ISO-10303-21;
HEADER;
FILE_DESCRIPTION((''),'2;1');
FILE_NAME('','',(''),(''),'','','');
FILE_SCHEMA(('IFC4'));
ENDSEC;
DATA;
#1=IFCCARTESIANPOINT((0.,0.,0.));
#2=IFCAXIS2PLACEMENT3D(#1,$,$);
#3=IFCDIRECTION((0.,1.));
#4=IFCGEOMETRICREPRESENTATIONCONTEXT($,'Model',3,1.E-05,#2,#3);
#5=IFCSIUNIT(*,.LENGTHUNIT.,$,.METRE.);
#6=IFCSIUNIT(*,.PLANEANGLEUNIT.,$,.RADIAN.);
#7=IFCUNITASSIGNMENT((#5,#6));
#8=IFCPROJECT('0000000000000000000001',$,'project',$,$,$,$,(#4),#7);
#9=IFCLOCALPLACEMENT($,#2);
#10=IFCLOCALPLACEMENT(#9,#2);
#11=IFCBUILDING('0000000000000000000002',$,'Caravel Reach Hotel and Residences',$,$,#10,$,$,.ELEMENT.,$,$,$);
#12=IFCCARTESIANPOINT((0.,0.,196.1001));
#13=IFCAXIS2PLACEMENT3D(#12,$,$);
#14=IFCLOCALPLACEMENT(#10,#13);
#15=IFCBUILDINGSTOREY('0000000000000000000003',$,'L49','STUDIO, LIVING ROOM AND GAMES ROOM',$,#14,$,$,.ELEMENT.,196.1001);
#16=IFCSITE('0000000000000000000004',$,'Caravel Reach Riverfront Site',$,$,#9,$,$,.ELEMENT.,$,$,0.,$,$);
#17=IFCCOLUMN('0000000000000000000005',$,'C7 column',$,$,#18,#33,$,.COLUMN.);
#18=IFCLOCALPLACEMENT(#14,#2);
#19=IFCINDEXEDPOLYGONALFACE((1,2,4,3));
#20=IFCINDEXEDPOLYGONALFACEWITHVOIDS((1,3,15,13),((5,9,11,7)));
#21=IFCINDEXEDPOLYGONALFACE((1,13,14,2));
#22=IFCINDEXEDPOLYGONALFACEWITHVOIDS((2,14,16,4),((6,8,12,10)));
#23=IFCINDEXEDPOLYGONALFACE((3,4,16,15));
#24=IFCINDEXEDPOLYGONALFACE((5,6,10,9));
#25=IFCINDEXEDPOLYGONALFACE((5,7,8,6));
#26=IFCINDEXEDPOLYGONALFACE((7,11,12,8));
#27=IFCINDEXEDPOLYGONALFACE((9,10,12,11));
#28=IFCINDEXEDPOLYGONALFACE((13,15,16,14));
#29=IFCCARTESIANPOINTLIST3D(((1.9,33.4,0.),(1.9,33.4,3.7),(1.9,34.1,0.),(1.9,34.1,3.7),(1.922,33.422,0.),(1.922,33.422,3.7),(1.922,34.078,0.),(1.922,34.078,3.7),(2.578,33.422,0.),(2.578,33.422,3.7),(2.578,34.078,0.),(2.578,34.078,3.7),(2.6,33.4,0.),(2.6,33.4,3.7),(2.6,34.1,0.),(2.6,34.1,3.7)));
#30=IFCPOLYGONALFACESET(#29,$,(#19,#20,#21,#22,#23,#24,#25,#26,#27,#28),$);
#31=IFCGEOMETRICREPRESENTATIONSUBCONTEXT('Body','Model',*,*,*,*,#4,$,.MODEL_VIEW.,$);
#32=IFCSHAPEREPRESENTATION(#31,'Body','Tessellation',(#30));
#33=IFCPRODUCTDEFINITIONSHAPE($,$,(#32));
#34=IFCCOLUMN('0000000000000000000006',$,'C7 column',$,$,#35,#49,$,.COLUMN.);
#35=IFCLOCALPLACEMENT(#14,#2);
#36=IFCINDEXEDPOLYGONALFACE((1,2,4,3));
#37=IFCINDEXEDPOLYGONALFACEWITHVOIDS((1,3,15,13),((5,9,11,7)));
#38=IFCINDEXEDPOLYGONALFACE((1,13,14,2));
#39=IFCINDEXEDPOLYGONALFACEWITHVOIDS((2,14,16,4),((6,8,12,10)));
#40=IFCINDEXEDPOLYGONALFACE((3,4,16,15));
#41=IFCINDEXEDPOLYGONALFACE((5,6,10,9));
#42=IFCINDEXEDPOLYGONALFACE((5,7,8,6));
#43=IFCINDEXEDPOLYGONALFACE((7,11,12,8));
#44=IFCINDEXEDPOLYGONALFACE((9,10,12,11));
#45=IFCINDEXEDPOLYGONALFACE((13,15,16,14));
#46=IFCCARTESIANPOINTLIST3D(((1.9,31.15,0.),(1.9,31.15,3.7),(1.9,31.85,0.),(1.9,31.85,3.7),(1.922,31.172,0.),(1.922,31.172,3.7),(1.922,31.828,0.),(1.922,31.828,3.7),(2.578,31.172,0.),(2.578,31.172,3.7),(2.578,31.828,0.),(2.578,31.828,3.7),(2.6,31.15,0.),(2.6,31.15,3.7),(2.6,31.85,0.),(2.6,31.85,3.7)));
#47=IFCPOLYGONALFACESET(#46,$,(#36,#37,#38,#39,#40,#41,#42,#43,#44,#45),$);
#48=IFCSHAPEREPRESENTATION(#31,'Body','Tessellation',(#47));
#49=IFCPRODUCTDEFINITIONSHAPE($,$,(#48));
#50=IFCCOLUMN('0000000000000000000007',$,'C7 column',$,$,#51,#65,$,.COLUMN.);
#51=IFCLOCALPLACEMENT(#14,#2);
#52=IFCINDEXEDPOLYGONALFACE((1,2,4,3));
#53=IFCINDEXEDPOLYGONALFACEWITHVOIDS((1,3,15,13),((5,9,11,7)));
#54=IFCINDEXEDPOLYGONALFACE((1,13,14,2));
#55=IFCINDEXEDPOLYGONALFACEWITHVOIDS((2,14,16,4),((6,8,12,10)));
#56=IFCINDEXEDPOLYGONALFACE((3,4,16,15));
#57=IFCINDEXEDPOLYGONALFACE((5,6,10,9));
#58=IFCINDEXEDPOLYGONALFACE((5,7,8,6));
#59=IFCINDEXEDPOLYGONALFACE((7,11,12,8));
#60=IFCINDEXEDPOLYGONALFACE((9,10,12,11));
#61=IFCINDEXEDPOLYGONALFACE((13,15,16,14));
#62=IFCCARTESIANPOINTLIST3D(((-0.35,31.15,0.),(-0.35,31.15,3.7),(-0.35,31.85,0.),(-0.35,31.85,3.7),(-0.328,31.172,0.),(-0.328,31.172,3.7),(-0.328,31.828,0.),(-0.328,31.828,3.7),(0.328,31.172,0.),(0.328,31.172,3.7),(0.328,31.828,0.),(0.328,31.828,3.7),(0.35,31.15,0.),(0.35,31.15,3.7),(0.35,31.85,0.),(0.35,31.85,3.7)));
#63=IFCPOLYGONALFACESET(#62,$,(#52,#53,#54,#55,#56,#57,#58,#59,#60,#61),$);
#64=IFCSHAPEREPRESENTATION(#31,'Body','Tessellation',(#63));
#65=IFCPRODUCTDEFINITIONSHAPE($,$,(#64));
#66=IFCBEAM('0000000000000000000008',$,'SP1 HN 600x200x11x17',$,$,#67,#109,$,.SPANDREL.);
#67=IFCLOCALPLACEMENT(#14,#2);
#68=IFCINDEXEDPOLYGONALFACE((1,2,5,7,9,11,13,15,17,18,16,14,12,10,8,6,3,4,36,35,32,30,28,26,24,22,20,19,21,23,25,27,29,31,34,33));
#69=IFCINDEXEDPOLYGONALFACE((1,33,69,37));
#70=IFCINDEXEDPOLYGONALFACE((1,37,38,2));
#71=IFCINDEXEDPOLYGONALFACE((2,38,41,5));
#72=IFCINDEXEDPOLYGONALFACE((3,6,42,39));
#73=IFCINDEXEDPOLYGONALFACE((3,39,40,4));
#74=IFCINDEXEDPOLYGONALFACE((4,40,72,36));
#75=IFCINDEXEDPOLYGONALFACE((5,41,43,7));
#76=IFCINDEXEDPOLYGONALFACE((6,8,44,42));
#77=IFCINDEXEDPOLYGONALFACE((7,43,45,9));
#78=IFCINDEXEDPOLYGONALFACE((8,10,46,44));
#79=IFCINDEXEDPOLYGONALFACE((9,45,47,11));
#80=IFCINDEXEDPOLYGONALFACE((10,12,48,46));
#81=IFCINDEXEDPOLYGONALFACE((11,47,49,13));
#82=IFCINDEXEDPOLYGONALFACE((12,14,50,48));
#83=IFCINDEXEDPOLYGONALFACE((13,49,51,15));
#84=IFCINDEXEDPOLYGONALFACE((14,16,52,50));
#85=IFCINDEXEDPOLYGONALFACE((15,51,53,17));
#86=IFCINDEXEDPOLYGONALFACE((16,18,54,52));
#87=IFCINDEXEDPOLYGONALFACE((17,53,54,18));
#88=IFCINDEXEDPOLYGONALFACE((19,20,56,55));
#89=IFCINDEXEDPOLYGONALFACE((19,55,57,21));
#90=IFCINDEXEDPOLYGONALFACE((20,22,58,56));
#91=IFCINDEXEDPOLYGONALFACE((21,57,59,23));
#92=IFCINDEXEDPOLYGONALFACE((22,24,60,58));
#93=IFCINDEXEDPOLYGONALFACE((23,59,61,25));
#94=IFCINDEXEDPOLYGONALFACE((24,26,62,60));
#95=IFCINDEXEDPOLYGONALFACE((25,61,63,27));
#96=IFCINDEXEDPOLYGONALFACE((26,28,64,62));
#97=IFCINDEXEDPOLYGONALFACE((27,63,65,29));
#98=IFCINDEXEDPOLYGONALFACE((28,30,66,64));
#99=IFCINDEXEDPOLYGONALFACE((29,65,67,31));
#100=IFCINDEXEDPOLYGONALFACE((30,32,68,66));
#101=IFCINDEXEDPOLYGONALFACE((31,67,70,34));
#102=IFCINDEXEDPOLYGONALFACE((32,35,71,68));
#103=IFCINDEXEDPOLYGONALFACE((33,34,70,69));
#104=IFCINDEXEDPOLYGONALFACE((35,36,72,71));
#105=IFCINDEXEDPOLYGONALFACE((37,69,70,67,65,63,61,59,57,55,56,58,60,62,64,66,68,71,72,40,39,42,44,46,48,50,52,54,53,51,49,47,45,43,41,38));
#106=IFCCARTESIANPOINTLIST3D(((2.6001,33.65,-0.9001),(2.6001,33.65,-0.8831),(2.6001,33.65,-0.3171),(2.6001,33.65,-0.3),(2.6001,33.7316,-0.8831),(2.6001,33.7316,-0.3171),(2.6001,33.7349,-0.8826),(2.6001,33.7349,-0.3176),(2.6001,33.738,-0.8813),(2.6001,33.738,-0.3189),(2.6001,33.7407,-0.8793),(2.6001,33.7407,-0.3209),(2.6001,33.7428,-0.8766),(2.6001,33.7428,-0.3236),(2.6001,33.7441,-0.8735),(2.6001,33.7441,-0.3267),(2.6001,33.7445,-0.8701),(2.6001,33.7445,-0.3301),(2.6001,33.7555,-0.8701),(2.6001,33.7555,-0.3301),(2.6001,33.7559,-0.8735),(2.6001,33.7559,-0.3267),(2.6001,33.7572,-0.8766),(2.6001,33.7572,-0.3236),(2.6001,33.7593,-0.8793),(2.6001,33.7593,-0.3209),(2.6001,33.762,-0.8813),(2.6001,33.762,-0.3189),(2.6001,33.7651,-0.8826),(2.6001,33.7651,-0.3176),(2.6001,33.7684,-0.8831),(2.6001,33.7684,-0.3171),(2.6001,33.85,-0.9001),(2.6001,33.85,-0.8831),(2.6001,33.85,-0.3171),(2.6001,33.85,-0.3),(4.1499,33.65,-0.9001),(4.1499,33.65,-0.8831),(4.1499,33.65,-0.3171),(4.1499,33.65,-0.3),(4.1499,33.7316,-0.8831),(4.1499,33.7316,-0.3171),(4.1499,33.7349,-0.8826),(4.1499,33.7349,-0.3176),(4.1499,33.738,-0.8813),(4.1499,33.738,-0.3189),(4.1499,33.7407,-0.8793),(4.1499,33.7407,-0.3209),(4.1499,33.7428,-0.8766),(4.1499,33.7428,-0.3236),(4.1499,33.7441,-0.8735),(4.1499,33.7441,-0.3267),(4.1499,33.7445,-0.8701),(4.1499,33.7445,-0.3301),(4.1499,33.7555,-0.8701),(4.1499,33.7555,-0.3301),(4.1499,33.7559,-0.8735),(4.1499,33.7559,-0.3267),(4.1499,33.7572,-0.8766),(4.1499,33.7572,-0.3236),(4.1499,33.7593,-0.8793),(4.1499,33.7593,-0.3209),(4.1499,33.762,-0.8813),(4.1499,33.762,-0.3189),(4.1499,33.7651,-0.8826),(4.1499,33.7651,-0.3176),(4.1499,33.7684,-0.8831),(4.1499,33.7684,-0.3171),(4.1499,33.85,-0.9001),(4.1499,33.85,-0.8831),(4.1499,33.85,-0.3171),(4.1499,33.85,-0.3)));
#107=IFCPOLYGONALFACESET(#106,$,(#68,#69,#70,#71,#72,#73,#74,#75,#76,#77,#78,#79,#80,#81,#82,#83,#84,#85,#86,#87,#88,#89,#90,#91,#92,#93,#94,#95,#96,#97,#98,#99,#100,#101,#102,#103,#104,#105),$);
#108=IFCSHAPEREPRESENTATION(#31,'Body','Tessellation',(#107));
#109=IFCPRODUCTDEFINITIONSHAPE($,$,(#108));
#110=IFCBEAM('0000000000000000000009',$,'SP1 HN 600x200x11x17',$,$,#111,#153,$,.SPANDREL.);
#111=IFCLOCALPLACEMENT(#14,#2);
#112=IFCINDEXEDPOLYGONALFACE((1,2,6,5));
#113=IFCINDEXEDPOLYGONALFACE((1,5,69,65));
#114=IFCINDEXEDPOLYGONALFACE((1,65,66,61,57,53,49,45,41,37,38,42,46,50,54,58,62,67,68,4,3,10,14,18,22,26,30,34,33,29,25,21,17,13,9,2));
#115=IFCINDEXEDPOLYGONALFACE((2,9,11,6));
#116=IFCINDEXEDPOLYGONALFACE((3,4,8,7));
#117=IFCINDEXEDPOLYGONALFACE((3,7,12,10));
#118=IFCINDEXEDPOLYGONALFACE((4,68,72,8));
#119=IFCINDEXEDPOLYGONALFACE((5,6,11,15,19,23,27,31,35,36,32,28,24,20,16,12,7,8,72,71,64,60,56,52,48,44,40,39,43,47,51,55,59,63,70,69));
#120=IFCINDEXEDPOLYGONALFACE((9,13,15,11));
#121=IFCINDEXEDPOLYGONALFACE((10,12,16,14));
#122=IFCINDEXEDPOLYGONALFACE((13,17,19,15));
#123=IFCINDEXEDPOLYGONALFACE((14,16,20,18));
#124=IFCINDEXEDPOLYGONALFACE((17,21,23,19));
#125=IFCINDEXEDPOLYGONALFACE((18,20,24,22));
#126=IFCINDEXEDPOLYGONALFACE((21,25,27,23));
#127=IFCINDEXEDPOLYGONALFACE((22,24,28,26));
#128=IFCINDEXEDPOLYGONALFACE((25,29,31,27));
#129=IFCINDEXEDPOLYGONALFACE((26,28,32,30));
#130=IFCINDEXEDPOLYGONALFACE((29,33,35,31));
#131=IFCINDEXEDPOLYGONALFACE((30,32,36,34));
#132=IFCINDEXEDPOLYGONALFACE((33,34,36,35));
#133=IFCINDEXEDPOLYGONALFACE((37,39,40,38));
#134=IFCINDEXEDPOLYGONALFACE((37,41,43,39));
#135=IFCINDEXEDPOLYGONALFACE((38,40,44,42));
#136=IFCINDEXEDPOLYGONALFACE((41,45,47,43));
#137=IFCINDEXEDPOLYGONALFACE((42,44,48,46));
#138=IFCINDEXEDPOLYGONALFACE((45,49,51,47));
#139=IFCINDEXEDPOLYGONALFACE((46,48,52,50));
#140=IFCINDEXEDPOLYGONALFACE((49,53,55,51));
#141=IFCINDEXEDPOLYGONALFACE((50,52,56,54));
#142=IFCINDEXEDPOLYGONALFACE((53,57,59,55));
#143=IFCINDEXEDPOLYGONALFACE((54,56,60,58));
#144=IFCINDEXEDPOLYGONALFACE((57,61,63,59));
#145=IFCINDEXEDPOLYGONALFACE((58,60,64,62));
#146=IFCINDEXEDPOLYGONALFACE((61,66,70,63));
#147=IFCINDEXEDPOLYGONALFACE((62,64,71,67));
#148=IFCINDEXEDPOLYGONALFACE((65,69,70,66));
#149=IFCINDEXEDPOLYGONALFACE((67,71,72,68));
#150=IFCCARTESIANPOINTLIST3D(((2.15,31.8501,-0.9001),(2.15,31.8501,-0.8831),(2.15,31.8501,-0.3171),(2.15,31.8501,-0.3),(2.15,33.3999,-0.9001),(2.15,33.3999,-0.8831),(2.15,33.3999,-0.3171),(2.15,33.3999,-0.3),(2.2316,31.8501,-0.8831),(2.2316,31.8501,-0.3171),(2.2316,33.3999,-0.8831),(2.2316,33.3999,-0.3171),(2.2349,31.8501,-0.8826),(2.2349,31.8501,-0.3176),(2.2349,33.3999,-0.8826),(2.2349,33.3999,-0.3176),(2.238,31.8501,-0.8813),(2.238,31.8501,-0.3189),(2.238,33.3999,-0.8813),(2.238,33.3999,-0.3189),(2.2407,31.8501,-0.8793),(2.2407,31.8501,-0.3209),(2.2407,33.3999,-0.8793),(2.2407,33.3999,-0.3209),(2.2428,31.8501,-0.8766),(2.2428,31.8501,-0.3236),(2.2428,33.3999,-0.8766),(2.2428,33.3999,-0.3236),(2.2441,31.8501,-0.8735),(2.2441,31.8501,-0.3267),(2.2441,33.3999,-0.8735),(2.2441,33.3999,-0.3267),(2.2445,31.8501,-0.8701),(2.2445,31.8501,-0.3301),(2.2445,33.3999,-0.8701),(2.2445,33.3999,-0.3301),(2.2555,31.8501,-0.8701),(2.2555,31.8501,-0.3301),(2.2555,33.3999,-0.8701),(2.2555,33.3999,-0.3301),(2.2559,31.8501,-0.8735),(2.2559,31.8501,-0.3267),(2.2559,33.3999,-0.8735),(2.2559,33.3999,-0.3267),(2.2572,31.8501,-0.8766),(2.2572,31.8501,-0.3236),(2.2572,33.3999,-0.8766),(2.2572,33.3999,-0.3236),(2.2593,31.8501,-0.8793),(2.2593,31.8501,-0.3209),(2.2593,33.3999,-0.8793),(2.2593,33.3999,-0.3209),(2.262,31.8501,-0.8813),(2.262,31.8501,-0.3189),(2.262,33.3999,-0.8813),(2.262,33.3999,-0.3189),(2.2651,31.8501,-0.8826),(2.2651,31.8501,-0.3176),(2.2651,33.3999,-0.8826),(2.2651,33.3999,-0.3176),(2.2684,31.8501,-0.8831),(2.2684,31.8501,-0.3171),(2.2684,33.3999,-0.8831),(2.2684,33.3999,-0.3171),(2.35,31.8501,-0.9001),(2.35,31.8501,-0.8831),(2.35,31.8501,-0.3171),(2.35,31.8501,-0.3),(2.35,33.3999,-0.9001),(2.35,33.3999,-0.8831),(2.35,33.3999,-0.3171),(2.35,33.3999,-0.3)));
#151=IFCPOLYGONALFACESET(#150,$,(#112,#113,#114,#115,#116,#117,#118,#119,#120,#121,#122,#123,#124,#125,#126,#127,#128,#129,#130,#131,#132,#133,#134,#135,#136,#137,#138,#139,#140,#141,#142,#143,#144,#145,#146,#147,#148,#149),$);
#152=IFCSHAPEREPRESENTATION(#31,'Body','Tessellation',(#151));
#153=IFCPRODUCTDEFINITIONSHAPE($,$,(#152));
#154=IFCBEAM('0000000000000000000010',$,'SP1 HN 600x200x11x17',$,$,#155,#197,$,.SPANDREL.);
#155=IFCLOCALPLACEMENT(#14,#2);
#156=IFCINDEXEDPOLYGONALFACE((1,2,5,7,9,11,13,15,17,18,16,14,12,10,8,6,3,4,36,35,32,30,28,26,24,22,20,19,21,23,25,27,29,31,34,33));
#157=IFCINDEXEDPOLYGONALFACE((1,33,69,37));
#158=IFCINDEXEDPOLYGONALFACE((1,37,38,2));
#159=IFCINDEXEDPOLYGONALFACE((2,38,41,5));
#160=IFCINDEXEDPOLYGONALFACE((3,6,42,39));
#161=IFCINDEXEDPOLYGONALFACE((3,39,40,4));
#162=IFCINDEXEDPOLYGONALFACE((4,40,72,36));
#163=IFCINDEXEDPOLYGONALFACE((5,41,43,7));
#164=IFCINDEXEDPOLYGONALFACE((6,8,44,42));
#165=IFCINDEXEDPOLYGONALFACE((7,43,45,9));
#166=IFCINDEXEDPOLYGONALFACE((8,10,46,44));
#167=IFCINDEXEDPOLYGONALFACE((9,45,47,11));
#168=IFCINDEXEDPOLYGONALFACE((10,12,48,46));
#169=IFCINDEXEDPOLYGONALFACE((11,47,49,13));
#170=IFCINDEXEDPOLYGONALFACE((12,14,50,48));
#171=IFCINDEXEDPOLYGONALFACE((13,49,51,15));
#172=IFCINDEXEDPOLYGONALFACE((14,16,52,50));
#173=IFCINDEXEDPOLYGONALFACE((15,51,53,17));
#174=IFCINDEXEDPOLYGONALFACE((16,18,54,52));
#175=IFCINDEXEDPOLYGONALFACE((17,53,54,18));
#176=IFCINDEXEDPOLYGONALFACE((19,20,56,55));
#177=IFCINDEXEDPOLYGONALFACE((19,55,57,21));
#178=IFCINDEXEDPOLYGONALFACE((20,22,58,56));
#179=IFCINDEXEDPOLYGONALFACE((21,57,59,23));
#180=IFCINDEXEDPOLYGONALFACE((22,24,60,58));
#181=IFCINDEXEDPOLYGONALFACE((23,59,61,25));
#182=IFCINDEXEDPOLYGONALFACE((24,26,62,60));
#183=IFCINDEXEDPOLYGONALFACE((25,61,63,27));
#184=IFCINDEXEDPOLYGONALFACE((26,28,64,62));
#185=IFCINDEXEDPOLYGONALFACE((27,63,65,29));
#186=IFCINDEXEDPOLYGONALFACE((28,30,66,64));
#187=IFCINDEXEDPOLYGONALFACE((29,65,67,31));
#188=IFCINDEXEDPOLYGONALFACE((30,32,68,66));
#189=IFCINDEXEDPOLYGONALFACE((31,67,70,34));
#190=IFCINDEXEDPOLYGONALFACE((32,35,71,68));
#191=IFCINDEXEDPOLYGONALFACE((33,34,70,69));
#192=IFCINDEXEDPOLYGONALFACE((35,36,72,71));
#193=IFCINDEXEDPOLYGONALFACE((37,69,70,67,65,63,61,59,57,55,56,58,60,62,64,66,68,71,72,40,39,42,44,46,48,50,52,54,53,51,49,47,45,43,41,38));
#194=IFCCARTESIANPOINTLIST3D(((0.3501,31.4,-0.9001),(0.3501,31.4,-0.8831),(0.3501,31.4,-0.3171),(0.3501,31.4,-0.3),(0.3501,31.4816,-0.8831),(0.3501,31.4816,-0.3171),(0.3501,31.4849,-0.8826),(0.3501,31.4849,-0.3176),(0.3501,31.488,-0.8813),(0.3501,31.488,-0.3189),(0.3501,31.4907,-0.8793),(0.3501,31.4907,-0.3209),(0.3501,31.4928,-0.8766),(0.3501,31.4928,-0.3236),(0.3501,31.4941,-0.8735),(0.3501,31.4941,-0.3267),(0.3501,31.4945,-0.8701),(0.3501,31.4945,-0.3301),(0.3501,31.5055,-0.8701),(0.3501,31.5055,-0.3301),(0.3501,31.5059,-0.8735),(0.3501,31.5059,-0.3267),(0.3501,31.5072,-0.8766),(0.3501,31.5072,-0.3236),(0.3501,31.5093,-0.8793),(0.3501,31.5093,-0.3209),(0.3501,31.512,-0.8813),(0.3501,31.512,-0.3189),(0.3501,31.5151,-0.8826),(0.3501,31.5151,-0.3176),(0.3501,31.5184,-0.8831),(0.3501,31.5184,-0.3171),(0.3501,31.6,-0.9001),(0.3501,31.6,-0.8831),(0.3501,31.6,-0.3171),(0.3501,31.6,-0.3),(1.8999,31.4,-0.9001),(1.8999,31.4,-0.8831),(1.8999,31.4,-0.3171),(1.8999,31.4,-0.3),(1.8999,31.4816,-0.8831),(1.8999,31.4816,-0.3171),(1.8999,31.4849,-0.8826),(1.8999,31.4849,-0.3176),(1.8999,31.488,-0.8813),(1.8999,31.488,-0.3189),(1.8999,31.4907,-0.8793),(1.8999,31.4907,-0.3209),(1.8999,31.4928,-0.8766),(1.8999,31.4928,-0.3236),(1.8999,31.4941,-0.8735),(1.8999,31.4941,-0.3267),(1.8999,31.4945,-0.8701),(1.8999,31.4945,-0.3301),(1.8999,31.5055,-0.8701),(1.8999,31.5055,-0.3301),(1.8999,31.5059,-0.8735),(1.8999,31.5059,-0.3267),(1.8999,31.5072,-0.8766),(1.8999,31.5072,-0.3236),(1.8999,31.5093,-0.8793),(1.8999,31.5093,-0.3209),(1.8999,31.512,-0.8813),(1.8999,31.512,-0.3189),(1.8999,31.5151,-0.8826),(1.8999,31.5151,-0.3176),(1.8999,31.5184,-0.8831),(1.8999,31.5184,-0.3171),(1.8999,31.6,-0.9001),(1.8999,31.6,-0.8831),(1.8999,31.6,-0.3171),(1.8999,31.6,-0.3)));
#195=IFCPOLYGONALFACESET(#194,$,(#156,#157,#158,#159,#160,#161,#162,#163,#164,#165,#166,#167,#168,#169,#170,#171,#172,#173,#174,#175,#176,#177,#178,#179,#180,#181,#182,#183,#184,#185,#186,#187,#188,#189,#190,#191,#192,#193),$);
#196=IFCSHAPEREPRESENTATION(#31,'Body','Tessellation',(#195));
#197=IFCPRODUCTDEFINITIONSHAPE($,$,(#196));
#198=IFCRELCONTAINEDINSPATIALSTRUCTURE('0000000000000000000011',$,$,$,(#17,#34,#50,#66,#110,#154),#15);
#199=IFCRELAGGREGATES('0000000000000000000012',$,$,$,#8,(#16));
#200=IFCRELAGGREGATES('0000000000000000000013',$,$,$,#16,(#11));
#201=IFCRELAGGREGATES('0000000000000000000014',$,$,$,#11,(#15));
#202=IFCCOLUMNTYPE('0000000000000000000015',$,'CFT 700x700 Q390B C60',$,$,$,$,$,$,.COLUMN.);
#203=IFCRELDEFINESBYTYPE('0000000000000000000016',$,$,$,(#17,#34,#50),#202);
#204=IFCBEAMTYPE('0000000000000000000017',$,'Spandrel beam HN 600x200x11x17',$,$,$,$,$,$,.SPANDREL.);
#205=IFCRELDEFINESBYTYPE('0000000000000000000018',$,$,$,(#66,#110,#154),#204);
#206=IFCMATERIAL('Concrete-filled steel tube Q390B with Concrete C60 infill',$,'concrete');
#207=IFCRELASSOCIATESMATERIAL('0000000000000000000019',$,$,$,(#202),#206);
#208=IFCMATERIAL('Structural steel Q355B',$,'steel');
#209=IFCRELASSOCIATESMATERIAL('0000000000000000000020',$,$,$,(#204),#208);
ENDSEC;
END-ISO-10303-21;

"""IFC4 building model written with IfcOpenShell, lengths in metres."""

from ifc_helpers import new_model, si_unit, direction, frame, origin, origin_2d, place, context, subcontext, project, spatial, hollow_rectangle, i_section, extrude, material, material_profile, profile_set, type_object, element, save


model = new_model("IFC4")

# Units and contexts
model_context = context("Model", 3, precision=1e-05, world=origin(), true_north=direction((0.0, 1.0)))
body_context = subcontext(model_context, "Body", "Model", "MODEL_VIEW")
ifc_project = project(units=[si_unit("LENGTHUNIT", "METRE"), si_unit("PLANEANGLEUNIT", "RADIAN")], contexts=[model_context])

# Site, building, storey
site_placement = place(None, origin())
site = spatial("IfcSite", under=ifc_project, at=site_placement, Name="Caravel Reach Riverfront Site", CompositionType="ELEMENT", RefElevation=0.0)
building_placement = place(site_placement, origin())
building = spatial("IfcBuilding", under=site, at=building_placement, Name="Caravel Reach Hotel and Residences", CompositionType="ELEMENT")
storey_placement = place(building_placement, frame((0.0, 0.0, 196.1001)))
storey = spatial("IfcBuildingStorey", under=building, at=storey_placement, Name="L49", Description="STUDIO, LIVING ROOM AND GAMES ROOM", CompositionType="ELEMENT", Elevation=196.1001)

# Columns
ifc_material_1 = material(Name="Concrete-filled steel tube Q390B with Concrete C60 infill", Category="concrete")
ifc_material_profile_1 = material_profile(ifc_material_1, hollow_rectangle(XDim=0.7, YDim=0.7, WallThickness=0.022, at=origin_2d()), Name="RHS 700x700x22")
ifc_profile_set_1 = profile_set([ifc_material_profile_1], Name="Concrete-filled steel tube Q390B with Concrete C60 infill")
column_type = type_object("IfcColumnType", Name="CFT 700x700 Q390B C60", PredefinedType="COLUMN", material=ifc_profile_set_1)
for number, where, z_axis, x_axis, name in (
    (1, (2.25, 33.75, 0.0), (0.0, 0.0, 1.0), (1.0, 0.0, 0.0), "C7 column"),
    (2, (2.25, 31.5, 0.0), (0.0, 0.0, 1.0), (1.0, 0.0, 0.0), "C7 column"),
    (3, (0.0, 31.5, 0.0), (0.0, 0.0, 1.0), (1.0, 0.0, 0.0), "C7 column"),
):
    element("IfcColumn", number, at=place(storey_placement, frame(where, z_axis=z_axis, x_axis=x_axis)), inside=storey, type_object=column_type, Name=name, PredefinedType="COLUMN", context=body_context, shape_type="SweptSolid", body=[
        extrude(hollow_rectangle(XDim=0.7, YDim=0.7, WallThickness=0.022, at=origin_2d()), origin(), (0.0, 0.0, 1.0), 3.7),
    ])

# Beams
ifc_material_2 = material(Name="Structural steel Q355B", Category="steel")
ifc_material_profile_2 = material_profile(ifc_material_2, i_section(OverallWidth=0.2, OverallDepth=0.6001, WebThickness=0.011, FlangeThickness=0.0171, FilletRadius=0.0129, at=origin_2d()), Name="HN 600x200x11x17")
ifc_profile_set_2 = profile_set([ifc_material_profile_2], Name="Structural steel Q355B")
beam_type = type_object("IfcBeamType", Name="Spandrel beam HN 600x200x11x17", PredefinedType="SPANDREL", material=ifc_profile_set_2)
for number, where, z_axis, x_axis, name in (
    (4, (4.1499, 33.75, -0.6001), (-1.0, 0.0, 0.0), (0.0, -1.0, 0.0), "SP1 HN 600x200x11x17"),
    (5, (2.25, 33.3999, -0.6001), (0.0, -1.0, 0.0), (1.0, 0.0, 0.0), "SP1 HN 600x200x11x17"),
    (6, (1.8999, 31.5, -0.6001), (-1.0, 0.0, 0.0), (0.0, -1.0, 0.0), "SP1 HN 600x200x11x17"),
):
    element("IfcBeam", number, at=place(storey_placement, frame(where, z_axis=z_axis, x_axis=x_axis)), inside=storey, type_object=beam_type, Name=name, PredefinedType="SPANDREL", context=body_context, shape_type="SweptSolid", body=[
        extrude(i_section(OverallWidth=0.2, OverallDepth=0.6001, WebThickness=0.011, FlangeThickness=0.0171, FilletRadius=0.0129, at=origin_2d()), origin(), (0.0, 0.0, 1.0), 1.5498),
    ])

save(model, "model.ifc")
